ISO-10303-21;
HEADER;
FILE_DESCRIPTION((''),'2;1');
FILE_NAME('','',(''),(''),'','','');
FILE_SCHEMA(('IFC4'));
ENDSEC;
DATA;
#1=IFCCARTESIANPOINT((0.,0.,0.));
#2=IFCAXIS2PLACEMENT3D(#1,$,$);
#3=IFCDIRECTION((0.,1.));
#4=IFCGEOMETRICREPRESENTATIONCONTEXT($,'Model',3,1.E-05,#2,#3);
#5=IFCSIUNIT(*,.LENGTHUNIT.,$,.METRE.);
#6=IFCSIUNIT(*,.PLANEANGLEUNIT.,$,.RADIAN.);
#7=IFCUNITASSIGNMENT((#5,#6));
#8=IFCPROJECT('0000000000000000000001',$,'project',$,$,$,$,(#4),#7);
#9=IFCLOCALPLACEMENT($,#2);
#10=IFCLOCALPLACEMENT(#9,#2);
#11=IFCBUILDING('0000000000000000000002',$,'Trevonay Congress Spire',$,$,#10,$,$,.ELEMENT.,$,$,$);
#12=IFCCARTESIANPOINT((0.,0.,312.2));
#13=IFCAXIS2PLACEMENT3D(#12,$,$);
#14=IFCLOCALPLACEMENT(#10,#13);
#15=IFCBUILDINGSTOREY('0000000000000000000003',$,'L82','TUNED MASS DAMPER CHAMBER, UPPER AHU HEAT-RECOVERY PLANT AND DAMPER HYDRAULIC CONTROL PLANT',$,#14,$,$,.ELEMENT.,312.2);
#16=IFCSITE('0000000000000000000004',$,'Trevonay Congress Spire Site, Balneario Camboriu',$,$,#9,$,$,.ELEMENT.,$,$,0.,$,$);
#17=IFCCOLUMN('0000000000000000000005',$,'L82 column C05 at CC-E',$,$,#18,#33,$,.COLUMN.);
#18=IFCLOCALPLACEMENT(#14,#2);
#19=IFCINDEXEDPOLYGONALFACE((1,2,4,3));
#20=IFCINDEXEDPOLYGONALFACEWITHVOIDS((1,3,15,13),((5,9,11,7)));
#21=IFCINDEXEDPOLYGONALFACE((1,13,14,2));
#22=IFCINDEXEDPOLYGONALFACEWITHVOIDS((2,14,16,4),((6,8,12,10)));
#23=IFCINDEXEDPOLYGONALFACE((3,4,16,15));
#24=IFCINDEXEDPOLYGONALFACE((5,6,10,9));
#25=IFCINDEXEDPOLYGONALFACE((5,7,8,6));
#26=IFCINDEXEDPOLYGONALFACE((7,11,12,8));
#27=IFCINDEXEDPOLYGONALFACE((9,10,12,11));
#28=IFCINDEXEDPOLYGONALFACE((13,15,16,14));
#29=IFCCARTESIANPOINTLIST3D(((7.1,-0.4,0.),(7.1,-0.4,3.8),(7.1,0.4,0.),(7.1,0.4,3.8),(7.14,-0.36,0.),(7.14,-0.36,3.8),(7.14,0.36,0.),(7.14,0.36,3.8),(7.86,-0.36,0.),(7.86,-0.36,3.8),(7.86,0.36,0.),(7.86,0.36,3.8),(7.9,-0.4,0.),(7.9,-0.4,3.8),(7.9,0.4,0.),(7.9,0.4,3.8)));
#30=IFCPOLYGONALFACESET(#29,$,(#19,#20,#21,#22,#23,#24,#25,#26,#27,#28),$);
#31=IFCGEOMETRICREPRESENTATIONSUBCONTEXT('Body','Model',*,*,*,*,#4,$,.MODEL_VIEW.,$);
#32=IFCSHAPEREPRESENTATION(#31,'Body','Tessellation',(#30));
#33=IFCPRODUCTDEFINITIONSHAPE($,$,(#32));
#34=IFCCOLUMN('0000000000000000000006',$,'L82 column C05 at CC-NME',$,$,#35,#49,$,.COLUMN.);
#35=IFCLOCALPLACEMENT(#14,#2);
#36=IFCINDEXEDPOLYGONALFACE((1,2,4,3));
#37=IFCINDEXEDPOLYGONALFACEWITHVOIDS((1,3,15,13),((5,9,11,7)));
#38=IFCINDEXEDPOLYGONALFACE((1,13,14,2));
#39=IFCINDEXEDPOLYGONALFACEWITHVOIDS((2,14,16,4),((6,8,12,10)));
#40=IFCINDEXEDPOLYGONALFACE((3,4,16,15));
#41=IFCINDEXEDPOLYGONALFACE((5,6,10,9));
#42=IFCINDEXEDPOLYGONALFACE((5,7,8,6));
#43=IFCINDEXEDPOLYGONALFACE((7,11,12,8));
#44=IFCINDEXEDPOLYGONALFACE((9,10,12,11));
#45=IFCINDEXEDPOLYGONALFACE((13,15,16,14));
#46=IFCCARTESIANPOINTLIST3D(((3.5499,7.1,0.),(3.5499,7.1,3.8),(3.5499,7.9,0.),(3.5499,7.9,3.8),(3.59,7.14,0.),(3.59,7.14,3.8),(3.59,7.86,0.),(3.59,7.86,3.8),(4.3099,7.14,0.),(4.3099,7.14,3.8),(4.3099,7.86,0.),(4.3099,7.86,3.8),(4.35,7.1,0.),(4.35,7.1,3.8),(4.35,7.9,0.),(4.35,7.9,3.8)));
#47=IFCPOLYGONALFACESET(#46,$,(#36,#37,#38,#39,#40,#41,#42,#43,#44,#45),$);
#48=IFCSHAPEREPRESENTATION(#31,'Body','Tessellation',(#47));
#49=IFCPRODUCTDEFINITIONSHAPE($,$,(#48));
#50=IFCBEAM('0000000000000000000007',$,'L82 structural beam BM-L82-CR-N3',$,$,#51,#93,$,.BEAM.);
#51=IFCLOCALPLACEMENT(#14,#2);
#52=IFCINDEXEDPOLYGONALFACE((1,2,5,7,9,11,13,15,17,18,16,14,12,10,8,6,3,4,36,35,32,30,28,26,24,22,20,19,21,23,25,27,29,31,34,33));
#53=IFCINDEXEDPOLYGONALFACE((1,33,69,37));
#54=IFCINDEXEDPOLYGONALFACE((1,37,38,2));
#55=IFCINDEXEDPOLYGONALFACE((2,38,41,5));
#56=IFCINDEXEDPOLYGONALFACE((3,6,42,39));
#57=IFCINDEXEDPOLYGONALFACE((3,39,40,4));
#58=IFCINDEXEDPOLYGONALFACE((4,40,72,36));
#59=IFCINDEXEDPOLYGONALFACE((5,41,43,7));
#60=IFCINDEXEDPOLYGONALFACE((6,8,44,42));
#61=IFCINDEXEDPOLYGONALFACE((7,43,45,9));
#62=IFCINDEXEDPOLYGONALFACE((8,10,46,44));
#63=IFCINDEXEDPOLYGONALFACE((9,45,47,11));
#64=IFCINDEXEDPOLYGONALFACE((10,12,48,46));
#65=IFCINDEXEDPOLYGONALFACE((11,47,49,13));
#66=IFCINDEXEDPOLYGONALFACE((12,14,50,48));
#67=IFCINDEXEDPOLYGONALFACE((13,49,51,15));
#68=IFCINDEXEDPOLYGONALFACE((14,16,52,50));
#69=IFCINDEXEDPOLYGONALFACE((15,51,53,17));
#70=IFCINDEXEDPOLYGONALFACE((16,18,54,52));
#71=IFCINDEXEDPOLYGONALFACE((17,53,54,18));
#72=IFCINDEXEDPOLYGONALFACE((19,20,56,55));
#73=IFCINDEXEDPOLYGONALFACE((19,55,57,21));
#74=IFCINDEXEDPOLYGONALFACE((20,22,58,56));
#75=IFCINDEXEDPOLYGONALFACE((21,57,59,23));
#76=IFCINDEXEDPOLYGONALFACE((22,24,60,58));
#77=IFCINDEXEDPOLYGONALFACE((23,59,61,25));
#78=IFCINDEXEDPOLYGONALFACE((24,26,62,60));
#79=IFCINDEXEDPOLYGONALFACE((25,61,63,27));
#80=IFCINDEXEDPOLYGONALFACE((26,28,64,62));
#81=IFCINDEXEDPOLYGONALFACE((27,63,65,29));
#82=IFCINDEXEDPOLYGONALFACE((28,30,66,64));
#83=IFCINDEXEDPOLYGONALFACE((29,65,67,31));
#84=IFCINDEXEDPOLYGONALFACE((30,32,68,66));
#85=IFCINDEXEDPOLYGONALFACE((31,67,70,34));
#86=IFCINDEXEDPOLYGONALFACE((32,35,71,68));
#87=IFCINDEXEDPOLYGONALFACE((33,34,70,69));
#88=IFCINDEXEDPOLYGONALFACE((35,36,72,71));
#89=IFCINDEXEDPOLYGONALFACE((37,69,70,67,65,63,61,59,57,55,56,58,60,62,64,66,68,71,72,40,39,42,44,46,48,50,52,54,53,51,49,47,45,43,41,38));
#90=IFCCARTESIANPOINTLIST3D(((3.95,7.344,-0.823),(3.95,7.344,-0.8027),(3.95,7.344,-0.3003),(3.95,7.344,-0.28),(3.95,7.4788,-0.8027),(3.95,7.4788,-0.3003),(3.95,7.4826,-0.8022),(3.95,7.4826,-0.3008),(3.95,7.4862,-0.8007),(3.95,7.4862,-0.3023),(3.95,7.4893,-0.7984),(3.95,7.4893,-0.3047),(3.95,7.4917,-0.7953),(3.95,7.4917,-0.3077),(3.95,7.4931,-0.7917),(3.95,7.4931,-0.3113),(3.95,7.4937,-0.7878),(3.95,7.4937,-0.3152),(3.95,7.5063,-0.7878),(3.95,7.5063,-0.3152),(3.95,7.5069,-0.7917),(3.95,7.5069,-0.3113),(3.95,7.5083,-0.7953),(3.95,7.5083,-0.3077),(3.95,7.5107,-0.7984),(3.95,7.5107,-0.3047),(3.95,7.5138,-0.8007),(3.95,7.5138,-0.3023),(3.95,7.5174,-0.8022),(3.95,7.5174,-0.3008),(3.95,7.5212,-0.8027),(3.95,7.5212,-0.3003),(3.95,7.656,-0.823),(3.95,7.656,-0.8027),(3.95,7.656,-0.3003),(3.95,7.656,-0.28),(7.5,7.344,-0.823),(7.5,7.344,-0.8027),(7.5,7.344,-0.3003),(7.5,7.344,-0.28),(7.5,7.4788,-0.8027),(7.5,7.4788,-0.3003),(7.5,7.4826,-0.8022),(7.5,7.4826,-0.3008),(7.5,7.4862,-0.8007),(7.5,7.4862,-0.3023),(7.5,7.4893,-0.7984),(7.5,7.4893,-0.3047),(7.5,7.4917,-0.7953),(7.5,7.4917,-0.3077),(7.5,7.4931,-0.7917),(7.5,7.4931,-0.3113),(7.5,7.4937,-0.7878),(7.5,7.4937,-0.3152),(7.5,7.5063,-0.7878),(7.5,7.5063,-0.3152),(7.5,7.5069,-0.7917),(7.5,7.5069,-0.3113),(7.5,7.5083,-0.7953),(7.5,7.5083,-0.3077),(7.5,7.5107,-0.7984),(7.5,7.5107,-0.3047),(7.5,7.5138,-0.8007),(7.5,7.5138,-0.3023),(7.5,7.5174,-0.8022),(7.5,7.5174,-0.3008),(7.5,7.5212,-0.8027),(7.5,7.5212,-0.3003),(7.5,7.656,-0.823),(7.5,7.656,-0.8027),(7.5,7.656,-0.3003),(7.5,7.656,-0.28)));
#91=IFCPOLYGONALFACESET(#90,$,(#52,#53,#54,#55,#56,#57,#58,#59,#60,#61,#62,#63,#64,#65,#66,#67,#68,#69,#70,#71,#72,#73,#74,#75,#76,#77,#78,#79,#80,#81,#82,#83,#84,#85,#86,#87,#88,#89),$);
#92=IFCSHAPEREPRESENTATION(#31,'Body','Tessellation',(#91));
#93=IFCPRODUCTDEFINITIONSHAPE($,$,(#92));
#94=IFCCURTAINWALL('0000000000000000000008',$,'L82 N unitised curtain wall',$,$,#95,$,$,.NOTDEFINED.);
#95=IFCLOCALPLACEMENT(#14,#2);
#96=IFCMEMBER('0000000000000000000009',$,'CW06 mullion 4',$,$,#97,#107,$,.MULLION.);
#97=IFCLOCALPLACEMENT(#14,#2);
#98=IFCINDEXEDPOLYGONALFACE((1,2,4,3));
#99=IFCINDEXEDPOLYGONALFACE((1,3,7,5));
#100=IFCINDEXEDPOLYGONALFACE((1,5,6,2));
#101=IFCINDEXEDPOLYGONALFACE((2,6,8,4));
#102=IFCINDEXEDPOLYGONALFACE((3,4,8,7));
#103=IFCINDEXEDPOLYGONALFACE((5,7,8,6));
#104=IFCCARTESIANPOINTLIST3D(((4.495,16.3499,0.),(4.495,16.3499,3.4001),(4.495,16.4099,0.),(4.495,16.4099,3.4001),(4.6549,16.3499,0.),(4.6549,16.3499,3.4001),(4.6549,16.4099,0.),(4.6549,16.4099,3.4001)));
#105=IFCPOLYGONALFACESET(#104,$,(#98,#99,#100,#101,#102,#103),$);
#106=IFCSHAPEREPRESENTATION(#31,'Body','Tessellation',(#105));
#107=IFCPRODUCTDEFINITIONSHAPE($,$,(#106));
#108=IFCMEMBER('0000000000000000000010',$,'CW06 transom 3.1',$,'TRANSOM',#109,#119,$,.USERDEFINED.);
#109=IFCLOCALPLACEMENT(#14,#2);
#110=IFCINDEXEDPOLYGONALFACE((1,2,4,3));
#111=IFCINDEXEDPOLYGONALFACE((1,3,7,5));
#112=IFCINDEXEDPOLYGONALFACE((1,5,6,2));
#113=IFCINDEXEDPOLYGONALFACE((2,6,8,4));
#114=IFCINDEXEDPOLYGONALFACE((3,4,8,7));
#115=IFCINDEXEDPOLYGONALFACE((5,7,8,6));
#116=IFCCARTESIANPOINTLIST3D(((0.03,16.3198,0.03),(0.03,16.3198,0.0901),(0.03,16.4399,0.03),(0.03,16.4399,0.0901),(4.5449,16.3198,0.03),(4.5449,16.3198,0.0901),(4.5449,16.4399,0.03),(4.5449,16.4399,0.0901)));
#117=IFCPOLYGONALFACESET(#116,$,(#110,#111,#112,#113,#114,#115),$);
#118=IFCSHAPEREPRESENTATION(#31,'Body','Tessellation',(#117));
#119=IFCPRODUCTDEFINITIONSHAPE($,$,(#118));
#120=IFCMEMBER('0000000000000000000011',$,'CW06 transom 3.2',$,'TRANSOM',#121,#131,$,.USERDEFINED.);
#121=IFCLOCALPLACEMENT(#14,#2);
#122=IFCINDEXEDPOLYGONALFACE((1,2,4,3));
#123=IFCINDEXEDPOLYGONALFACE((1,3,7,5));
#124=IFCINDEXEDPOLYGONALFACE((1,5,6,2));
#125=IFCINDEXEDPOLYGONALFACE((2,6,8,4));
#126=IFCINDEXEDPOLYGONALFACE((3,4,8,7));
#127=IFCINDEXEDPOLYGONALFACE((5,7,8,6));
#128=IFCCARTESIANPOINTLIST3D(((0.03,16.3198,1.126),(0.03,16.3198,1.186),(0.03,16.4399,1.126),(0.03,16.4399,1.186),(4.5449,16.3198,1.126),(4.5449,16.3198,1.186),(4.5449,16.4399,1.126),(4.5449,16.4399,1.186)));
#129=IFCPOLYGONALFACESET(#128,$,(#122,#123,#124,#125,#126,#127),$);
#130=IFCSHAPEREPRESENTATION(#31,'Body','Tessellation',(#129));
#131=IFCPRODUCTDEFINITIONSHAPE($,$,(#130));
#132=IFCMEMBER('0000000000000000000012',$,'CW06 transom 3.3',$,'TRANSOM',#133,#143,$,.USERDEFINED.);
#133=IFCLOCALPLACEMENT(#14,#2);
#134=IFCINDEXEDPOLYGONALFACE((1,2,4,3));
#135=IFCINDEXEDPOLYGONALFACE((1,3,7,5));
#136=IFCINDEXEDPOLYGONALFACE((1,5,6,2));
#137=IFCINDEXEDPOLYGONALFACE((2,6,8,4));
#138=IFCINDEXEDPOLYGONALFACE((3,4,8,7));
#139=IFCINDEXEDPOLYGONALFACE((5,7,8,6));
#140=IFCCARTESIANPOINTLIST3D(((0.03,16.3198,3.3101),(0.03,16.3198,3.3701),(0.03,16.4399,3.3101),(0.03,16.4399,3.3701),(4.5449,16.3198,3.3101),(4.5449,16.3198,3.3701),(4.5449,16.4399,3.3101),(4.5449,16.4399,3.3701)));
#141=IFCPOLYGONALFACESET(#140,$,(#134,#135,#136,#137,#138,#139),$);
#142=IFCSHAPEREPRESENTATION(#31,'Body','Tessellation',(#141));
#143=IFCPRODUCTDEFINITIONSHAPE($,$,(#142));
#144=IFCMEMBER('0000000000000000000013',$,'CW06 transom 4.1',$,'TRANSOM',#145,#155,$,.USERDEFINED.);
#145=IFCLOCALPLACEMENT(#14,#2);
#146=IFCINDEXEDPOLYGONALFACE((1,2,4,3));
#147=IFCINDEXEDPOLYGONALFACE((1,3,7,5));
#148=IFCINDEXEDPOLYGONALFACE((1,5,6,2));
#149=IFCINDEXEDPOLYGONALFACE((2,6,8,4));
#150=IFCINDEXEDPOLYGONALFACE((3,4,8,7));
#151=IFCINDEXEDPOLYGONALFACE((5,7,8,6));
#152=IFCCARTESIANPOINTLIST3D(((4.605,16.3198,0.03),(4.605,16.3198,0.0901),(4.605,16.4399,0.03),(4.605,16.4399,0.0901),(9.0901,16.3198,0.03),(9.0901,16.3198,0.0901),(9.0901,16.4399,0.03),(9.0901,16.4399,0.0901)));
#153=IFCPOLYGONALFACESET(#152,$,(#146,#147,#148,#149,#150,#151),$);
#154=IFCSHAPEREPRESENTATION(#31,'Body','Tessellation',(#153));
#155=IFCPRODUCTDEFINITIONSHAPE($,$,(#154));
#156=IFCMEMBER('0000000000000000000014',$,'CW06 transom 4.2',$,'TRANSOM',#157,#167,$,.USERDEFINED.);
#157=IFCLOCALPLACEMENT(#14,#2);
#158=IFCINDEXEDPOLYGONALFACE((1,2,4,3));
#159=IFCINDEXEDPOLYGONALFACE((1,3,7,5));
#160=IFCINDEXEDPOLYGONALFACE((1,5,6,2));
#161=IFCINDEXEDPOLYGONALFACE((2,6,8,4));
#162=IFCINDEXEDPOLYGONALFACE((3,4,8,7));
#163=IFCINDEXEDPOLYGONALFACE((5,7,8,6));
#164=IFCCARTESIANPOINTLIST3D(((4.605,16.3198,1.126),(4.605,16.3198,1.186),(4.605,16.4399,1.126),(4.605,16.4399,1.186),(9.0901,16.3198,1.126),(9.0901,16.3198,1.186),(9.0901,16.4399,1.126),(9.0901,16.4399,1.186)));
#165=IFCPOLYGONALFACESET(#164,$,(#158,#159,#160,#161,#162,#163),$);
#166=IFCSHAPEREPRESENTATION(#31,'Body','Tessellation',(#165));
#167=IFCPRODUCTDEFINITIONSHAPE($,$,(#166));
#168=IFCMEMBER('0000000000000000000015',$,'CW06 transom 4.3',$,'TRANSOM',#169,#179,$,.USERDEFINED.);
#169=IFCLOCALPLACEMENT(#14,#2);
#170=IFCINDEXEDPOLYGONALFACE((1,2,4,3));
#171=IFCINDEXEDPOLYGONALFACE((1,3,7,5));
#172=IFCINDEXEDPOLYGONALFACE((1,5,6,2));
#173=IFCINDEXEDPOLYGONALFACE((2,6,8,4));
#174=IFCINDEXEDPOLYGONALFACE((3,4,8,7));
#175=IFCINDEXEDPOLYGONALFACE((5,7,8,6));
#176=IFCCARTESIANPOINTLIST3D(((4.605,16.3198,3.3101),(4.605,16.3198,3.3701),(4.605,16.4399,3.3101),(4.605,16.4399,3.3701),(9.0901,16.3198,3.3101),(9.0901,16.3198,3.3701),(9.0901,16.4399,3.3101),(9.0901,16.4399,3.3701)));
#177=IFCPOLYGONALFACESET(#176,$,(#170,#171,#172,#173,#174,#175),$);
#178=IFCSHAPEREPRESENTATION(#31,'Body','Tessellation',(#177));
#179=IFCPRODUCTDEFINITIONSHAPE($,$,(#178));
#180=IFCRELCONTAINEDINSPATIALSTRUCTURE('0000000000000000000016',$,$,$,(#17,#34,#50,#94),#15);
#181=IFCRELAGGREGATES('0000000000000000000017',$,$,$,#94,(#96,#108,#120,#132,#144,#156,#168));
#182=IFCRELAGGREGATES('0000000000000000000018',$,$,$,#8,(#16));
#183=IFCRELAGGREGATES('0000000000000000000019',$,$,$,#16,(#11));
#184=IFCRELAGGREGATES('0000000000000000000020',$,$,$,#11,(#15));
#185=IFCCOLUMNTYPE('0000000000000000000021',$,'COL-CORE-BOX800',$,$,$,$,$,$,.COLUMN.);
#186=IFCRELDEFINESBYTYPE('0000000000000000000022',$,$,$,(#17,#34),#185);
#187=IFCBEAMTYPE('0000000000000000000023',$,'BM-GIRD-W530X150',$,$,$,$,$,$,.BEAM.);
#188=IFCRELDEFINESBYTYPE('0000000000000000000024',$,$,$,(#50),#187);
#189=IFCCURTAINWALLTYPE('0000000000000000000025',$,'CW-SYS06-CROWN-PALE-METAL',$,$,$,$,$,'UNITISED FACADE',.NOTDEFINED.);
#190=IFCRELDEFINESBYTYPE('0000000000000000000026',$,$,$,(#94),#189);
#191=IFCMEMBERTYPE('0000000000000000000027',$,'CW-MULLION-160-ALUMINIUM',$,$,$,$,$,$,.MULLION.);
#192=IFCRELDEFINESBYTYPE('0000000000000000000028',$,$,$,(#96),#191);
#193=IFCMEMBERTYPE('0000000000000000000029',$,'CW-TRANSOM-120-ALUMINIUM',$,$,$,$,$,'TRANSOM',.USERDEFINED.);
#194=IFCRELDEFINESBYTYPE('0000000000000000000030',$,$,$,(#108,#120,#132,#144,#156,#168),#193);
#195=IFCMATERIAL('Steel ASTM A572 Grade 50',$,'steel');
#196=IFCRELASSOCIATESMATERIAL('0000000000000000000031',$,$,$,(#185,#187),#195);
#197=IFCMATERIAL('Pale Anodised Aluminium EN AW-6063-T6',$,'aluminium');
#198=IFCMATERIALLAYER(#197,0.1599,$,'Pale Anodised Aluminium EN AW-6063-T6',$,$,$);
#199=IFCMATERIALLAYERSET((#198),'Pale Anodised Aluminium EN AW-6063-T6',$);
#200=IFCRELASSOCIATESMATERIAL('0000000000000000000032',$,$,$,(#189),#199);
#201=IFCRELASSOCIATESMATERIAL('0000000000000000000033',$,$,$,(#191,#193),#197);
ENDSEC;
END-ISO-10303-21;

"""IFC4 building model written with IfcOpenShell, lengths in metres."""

from ifc_helpers import new_model, si_unit, direction, frame, origin, origin_2d, place, context, subcontext, project, spatial, rectangle, hollow_rectangle, i_section, extrude, material, layer, layer_set, material_profile, profile_set, type_object, element, aggregate, save


model = new_model("IFC4")

# Units and contexts
model_context = context("Model", 3, precision=1e-05, world=origin(), true_north=direction((0.0, 1.0)))
body_context = subcontext(model_context, "Body", "Model", "MODEL_VIEW")
ifc_project = project(units=[si_unit("LENGTHUNIT", "METRE"), si_unit("PLANEANGLEUNIT", "RADIAN")], contexts=[model_context])

# Site, building, storey
site_placement = place(None, origin())
site = spatial("IfcSite", under=ifc_project, at=site_placement, Name="Trevonay Congress Spire Site, Balneario Camboriu", CompositionType="ELEMENT", RefElevation=0.0)
building_placement = place(site_placement, origin())
building = spatial("IfcBuilding", under=site, at=building_placement, Name="Trevonay Congress Spire", CompositionType="ELEMENT")
storey_placement = place(building_placement, frame((0.0, 0.0, 312.2)))
storey = spatial("IfcBuildingStorey", under=building, at=storey_placement, Name="L82", Description="TUNED MASS DAMPER CHAMBER, UPPER AHU HEAT-RECOVERY PLANT AND DAMPER HYDRAULIC CONTROL PLANT", CompositionType="ELEMENT", Elevation=312.2)

# Columns
ifc_material_1 = material(Name="Steel ASTM A572 Grade 50", Category="steel")
ifc_material_profile_1 = material_profile(ifc_material_1, hollow_rectangle(XDim=0.8, YDim=0.8, WallThickness=0.04, at=origin_2d()), Name="BOX 800x800x40")
ifc_profile_set_1 = profile_set([ifc_material_profile_1], Name="Steel ASTM A572 Grade 50")
column_type = type_object("IfcColumnType", Name="COL-CORE-BOX800", PredefinedType="COLUMN", material=ifc_profile_set_1)
for number, where, z_axis, x_axis, name in (
    (1, (7.5, 0.0, 0.0), (0.0, 0.0, 1.0), (1.0, 0.0, 0.0), "L82 column C05 at CC-E"),
    (2, (3.95, 7.5, 0.0), (0.0, 0.0, 1.0), (1.0, 0.0, 0.0), "L82 column C05 at CC-NME"),
):
    element("IfcColumn", number, at=place(storey_placement, frame(where, z_axis=z_axis, x_axis=x_axis)), inside=storey, type_object=column_type, Name=name, PredefinedType="COLUMN", context=body_context, shape_type="SweptSolid", body=[
        extrude(hollow_rectangle(XDim=0.8, YDim=0.8, WallThickness=0.04, at=origin_2d()), origin(), (0.0, 0.0, 1.0), 3.8),
    ])

# Beam
ifc_material_profile_2 = material_profile(ifc_material_1, i_section(OverallWidth=0.312, OverallDepth=0.543, WebThickness=0.0127, FlangeThickness=0.0203, FilletRadius=0.0149, at=origin_2d()), Name="W530x150")
ifc_profile_set_2 = profile_set([ifc_material_profile_2], Name="Steel ASTM A572 Grade 50")
beam_type_1 = type_object("IfcBeamType", Name="BM-GIRD-W530X150", PredefinedType="BEAM", material=ifc_profile_set_2)
beam_1_placement = place(storey_placement, frame((3.95, 7.5, -0.5515), z_axis=(1.0, 0.0, 0.0), x_axis=(0.0, 1.0, 0.0)))
element("IfcBeam", 3, at=beam_1_placement, inside=storey, type_object=beam_type_1, Name="L82 structural beam BM-L82-CR-N3", PredefinedType="BEAM", context=body_context, shape_type="SweptSolid", body=[
    extrude(i_section(OverallWidth=0.312, OverallDepth=0.543, WebThickness=0.0127, FlangeThickness=0.0203, FilletRadius=0.0149, at=origin_2d()), origin(), (0.0, 0.0, 1.0), 3.55),
])

# Curtain wall, members
ifc_material_2 = material(Name="Pale Anodised Aluminium EN AW-6063-T6", Category="aluminium")
ifc_layer_1 = layer(ifc_material_2, 0.1599, Name="Pale Anodised Aluminium EN AW-6063-T6")
ifc_layer_set_1 = layer_set([ifc_layer_1], Name="Pale Anodised Aluminium EN AW-6063-T6")
curtain_wall_type = type_object("IfcCurtainWallType", Name="CW-SYS06-CROWN-PALE-METAL", ElementType="UNITISED FACADE", PredefinedType="NOTDEFINED", material=ifc_layer_set_1)
curtain_wall_placement = place(storey_placement, origin())
curtain_wall = element("IfcCurtainWall", 4, at=curtain_wall_placement, inside=storey, type_object=curtain_wall_type, Name="L82 N unitised curtain wall", PredefinedType="NOTDEFINED")
ifc_material_profile_3 = material_profile(ifc_material_2, rectangle(XDim=0.0601, YDim=0.1599, at=origin_2d()), Name="CW-MULLION-160-ALUMINIUM")
ifc_profile_set_3 = profile_set([ifc_material_profile_3], Name="Pale Anodised Aluminium EN AW-6063-T6")
member_type_1 = type_object("IfcMemberType", Name="CW-MULLION-160-ALUMINIUM", PredefinedType="MULLION", material=ifc_profile_set_3)
member_1_placement = place(storey_placement, frame((4.575, 16.3799, 0.0), z_axis=(0.0, 0.0, 1.0), x_axis=(0.0, 1.0, 0.0)))
member_1 = element("IfcMember", 5, at=member_1_placement, type_object=member_type_1, Name="CW06 mullion 4", PredefinedType="MULLION", context=body_context, shape_type="SweptSolid", body=[
    extrude(rectangle(XDim=0.0601, YDim=0.1599, at=origin_2d()), origin(), (0.0, 0.0, 1.0), 3.4001),
])
ifc_material_profile_4 = material_profile(ifc_material_2, rectangle(XDim=0.1201, YDim=0.0601, at=origin_2d()), Name="CW-TRANSOM-120-ALUMINIUM")
ifc_profile_set_4 = profile_set([ifc_material_profile_4], Name="Pale Anodised Aluminium EN AW-6063-T6")
member_type_2 = type_object("IfcMemberType", Name="CW-TRANSOM-120-ALUMINIUM", ElementType="TRANSOM", PredefinedType="USERDEFINED", material=ifc_profile_set_4)
member_2_placement = place(storey_placement, frame((0.03, 16.3799, 0.0601), z_axis=(1.0, 0.0, 0.0), x_axis=(0.0, 1.0, 0.0)))
member_2 = element("IfcMember", 6, at=member_2_placement, type_object=member_type_2, Name="CW06 transom 3.1", ObjectType="TRANSOM", PredefinedType="USERDEFINED", context=body_context, shape_type="SweptSolid", body=[
    extrude(rectangle(XDim=0.1201, YDim=0.0601, at=origin_2d()), origin(), (0.0, 0.0, 1.0), 4.5149),
])
member_3_placement = place(storey_placement, frame((0.03, 16.3799, 1.156), z_axis=(1.0, 0.0, 0.0), x_axis=(0.0, 1.0, 0.0)))
member_3 = element("IfcMember", 7, at=member_3_placement, type_object=member_type_2, Name="CW06 transom 3.2", ObjectType="TRANSOM", PredefinedType="USERDEFINED", context=body_context, shape_type="SweptSolid", body=[
    extrude(rectangle(XDim=0.1201, YDim=0.0601, at=origin_2d()), origin(), (0.0, 0.0, 1.0), 4.5149),
])
member_4_placement = place(storey_placement, frame((0.03, 16.3799, 3.3401), z_axis=(1.0, 0.0, 0.0), x_axis=(0.0, 1.0, 0.0)))
member_4 = element("IfcMember", 8, at=member_4_placement, type_object=member_type_2, Name="CW06 transom 3.3", ObjectType="TRANSOM", PredefinedType="USERDEFINED", context=body_context, shape_type="SweptSolid", body=[
    extrude(rectangle(XDim=0.1201, YDim=0.0601, at=origin_2d()), origin(), (0.0, 0.0, 1.0), 4.5149),
])
member_5_placement = place(storey_placement, frame((4.605, 16.3799, 0.0601), z_axis=(1.0, 0.0, 0.0), x_axis=(0.0, 1.0, 0.0)))
member_5 = element("IfcMember", 9, at=member_5_placement, type_object=member_type_2, Name="CW06 transom 4.1", ObjectType="TRANSOM", PredefinedType="USERDEFINED", context=body_context, shape_type="SweptSolid", body=[
    extrude(rectangle(XDim=0.1201, YDim=0.0601, at=origin_2d()), origin(), (0.0, 0.0, 1.0), 4.4851),
])
member_6_placement = place(storey_placement, frame((4.605, 16.3799, 1.156), z_axis=(1.0, 0.0, 0.0), x_axis=(0.0, 1.0, 0.0)))
member_6 = element("IfcMember", 10, at=member_6_placement, type_object=member_type_2, Name="CW06 transom 4.2", ObjectType="TRANSOM", PredefinedType="USERDEFINED", context=body_context, shape_type="SweptSolid", body=[
    extrude(rectangle(XDim=0.1201, YDim=0.0601, at=origin_2d()), origin(), (0.0, 0.0, 1.0), 4.4851),
])
member_7_placement = place(storey_placement, frame((4.605, 16.3799, 3.3401), z_axis=(1.0, 0.0, 0.0), x_axis=(0.0, 1.0, 0.0)))
member_7 = element("IfcMember", 11, at=member_7_placement, type_object=member_type_2, Name="CW06 transom 4.3", ObjectType="TRANSOM", PredefinedType="USERDEFINED", context=body_context, shape_type="SweptSolid", body=[
    extrude(rectangle(XDim=0.1201, YDim=0.0601, at=origin_2d()), origin(), (0.0, 0.0, 1.0), 4.4851),
])

aggregate(curtain_wall, [member_1, member_2, member_3, member_4, member_5, member_6, member_7])

save(model, "model.ifc")
